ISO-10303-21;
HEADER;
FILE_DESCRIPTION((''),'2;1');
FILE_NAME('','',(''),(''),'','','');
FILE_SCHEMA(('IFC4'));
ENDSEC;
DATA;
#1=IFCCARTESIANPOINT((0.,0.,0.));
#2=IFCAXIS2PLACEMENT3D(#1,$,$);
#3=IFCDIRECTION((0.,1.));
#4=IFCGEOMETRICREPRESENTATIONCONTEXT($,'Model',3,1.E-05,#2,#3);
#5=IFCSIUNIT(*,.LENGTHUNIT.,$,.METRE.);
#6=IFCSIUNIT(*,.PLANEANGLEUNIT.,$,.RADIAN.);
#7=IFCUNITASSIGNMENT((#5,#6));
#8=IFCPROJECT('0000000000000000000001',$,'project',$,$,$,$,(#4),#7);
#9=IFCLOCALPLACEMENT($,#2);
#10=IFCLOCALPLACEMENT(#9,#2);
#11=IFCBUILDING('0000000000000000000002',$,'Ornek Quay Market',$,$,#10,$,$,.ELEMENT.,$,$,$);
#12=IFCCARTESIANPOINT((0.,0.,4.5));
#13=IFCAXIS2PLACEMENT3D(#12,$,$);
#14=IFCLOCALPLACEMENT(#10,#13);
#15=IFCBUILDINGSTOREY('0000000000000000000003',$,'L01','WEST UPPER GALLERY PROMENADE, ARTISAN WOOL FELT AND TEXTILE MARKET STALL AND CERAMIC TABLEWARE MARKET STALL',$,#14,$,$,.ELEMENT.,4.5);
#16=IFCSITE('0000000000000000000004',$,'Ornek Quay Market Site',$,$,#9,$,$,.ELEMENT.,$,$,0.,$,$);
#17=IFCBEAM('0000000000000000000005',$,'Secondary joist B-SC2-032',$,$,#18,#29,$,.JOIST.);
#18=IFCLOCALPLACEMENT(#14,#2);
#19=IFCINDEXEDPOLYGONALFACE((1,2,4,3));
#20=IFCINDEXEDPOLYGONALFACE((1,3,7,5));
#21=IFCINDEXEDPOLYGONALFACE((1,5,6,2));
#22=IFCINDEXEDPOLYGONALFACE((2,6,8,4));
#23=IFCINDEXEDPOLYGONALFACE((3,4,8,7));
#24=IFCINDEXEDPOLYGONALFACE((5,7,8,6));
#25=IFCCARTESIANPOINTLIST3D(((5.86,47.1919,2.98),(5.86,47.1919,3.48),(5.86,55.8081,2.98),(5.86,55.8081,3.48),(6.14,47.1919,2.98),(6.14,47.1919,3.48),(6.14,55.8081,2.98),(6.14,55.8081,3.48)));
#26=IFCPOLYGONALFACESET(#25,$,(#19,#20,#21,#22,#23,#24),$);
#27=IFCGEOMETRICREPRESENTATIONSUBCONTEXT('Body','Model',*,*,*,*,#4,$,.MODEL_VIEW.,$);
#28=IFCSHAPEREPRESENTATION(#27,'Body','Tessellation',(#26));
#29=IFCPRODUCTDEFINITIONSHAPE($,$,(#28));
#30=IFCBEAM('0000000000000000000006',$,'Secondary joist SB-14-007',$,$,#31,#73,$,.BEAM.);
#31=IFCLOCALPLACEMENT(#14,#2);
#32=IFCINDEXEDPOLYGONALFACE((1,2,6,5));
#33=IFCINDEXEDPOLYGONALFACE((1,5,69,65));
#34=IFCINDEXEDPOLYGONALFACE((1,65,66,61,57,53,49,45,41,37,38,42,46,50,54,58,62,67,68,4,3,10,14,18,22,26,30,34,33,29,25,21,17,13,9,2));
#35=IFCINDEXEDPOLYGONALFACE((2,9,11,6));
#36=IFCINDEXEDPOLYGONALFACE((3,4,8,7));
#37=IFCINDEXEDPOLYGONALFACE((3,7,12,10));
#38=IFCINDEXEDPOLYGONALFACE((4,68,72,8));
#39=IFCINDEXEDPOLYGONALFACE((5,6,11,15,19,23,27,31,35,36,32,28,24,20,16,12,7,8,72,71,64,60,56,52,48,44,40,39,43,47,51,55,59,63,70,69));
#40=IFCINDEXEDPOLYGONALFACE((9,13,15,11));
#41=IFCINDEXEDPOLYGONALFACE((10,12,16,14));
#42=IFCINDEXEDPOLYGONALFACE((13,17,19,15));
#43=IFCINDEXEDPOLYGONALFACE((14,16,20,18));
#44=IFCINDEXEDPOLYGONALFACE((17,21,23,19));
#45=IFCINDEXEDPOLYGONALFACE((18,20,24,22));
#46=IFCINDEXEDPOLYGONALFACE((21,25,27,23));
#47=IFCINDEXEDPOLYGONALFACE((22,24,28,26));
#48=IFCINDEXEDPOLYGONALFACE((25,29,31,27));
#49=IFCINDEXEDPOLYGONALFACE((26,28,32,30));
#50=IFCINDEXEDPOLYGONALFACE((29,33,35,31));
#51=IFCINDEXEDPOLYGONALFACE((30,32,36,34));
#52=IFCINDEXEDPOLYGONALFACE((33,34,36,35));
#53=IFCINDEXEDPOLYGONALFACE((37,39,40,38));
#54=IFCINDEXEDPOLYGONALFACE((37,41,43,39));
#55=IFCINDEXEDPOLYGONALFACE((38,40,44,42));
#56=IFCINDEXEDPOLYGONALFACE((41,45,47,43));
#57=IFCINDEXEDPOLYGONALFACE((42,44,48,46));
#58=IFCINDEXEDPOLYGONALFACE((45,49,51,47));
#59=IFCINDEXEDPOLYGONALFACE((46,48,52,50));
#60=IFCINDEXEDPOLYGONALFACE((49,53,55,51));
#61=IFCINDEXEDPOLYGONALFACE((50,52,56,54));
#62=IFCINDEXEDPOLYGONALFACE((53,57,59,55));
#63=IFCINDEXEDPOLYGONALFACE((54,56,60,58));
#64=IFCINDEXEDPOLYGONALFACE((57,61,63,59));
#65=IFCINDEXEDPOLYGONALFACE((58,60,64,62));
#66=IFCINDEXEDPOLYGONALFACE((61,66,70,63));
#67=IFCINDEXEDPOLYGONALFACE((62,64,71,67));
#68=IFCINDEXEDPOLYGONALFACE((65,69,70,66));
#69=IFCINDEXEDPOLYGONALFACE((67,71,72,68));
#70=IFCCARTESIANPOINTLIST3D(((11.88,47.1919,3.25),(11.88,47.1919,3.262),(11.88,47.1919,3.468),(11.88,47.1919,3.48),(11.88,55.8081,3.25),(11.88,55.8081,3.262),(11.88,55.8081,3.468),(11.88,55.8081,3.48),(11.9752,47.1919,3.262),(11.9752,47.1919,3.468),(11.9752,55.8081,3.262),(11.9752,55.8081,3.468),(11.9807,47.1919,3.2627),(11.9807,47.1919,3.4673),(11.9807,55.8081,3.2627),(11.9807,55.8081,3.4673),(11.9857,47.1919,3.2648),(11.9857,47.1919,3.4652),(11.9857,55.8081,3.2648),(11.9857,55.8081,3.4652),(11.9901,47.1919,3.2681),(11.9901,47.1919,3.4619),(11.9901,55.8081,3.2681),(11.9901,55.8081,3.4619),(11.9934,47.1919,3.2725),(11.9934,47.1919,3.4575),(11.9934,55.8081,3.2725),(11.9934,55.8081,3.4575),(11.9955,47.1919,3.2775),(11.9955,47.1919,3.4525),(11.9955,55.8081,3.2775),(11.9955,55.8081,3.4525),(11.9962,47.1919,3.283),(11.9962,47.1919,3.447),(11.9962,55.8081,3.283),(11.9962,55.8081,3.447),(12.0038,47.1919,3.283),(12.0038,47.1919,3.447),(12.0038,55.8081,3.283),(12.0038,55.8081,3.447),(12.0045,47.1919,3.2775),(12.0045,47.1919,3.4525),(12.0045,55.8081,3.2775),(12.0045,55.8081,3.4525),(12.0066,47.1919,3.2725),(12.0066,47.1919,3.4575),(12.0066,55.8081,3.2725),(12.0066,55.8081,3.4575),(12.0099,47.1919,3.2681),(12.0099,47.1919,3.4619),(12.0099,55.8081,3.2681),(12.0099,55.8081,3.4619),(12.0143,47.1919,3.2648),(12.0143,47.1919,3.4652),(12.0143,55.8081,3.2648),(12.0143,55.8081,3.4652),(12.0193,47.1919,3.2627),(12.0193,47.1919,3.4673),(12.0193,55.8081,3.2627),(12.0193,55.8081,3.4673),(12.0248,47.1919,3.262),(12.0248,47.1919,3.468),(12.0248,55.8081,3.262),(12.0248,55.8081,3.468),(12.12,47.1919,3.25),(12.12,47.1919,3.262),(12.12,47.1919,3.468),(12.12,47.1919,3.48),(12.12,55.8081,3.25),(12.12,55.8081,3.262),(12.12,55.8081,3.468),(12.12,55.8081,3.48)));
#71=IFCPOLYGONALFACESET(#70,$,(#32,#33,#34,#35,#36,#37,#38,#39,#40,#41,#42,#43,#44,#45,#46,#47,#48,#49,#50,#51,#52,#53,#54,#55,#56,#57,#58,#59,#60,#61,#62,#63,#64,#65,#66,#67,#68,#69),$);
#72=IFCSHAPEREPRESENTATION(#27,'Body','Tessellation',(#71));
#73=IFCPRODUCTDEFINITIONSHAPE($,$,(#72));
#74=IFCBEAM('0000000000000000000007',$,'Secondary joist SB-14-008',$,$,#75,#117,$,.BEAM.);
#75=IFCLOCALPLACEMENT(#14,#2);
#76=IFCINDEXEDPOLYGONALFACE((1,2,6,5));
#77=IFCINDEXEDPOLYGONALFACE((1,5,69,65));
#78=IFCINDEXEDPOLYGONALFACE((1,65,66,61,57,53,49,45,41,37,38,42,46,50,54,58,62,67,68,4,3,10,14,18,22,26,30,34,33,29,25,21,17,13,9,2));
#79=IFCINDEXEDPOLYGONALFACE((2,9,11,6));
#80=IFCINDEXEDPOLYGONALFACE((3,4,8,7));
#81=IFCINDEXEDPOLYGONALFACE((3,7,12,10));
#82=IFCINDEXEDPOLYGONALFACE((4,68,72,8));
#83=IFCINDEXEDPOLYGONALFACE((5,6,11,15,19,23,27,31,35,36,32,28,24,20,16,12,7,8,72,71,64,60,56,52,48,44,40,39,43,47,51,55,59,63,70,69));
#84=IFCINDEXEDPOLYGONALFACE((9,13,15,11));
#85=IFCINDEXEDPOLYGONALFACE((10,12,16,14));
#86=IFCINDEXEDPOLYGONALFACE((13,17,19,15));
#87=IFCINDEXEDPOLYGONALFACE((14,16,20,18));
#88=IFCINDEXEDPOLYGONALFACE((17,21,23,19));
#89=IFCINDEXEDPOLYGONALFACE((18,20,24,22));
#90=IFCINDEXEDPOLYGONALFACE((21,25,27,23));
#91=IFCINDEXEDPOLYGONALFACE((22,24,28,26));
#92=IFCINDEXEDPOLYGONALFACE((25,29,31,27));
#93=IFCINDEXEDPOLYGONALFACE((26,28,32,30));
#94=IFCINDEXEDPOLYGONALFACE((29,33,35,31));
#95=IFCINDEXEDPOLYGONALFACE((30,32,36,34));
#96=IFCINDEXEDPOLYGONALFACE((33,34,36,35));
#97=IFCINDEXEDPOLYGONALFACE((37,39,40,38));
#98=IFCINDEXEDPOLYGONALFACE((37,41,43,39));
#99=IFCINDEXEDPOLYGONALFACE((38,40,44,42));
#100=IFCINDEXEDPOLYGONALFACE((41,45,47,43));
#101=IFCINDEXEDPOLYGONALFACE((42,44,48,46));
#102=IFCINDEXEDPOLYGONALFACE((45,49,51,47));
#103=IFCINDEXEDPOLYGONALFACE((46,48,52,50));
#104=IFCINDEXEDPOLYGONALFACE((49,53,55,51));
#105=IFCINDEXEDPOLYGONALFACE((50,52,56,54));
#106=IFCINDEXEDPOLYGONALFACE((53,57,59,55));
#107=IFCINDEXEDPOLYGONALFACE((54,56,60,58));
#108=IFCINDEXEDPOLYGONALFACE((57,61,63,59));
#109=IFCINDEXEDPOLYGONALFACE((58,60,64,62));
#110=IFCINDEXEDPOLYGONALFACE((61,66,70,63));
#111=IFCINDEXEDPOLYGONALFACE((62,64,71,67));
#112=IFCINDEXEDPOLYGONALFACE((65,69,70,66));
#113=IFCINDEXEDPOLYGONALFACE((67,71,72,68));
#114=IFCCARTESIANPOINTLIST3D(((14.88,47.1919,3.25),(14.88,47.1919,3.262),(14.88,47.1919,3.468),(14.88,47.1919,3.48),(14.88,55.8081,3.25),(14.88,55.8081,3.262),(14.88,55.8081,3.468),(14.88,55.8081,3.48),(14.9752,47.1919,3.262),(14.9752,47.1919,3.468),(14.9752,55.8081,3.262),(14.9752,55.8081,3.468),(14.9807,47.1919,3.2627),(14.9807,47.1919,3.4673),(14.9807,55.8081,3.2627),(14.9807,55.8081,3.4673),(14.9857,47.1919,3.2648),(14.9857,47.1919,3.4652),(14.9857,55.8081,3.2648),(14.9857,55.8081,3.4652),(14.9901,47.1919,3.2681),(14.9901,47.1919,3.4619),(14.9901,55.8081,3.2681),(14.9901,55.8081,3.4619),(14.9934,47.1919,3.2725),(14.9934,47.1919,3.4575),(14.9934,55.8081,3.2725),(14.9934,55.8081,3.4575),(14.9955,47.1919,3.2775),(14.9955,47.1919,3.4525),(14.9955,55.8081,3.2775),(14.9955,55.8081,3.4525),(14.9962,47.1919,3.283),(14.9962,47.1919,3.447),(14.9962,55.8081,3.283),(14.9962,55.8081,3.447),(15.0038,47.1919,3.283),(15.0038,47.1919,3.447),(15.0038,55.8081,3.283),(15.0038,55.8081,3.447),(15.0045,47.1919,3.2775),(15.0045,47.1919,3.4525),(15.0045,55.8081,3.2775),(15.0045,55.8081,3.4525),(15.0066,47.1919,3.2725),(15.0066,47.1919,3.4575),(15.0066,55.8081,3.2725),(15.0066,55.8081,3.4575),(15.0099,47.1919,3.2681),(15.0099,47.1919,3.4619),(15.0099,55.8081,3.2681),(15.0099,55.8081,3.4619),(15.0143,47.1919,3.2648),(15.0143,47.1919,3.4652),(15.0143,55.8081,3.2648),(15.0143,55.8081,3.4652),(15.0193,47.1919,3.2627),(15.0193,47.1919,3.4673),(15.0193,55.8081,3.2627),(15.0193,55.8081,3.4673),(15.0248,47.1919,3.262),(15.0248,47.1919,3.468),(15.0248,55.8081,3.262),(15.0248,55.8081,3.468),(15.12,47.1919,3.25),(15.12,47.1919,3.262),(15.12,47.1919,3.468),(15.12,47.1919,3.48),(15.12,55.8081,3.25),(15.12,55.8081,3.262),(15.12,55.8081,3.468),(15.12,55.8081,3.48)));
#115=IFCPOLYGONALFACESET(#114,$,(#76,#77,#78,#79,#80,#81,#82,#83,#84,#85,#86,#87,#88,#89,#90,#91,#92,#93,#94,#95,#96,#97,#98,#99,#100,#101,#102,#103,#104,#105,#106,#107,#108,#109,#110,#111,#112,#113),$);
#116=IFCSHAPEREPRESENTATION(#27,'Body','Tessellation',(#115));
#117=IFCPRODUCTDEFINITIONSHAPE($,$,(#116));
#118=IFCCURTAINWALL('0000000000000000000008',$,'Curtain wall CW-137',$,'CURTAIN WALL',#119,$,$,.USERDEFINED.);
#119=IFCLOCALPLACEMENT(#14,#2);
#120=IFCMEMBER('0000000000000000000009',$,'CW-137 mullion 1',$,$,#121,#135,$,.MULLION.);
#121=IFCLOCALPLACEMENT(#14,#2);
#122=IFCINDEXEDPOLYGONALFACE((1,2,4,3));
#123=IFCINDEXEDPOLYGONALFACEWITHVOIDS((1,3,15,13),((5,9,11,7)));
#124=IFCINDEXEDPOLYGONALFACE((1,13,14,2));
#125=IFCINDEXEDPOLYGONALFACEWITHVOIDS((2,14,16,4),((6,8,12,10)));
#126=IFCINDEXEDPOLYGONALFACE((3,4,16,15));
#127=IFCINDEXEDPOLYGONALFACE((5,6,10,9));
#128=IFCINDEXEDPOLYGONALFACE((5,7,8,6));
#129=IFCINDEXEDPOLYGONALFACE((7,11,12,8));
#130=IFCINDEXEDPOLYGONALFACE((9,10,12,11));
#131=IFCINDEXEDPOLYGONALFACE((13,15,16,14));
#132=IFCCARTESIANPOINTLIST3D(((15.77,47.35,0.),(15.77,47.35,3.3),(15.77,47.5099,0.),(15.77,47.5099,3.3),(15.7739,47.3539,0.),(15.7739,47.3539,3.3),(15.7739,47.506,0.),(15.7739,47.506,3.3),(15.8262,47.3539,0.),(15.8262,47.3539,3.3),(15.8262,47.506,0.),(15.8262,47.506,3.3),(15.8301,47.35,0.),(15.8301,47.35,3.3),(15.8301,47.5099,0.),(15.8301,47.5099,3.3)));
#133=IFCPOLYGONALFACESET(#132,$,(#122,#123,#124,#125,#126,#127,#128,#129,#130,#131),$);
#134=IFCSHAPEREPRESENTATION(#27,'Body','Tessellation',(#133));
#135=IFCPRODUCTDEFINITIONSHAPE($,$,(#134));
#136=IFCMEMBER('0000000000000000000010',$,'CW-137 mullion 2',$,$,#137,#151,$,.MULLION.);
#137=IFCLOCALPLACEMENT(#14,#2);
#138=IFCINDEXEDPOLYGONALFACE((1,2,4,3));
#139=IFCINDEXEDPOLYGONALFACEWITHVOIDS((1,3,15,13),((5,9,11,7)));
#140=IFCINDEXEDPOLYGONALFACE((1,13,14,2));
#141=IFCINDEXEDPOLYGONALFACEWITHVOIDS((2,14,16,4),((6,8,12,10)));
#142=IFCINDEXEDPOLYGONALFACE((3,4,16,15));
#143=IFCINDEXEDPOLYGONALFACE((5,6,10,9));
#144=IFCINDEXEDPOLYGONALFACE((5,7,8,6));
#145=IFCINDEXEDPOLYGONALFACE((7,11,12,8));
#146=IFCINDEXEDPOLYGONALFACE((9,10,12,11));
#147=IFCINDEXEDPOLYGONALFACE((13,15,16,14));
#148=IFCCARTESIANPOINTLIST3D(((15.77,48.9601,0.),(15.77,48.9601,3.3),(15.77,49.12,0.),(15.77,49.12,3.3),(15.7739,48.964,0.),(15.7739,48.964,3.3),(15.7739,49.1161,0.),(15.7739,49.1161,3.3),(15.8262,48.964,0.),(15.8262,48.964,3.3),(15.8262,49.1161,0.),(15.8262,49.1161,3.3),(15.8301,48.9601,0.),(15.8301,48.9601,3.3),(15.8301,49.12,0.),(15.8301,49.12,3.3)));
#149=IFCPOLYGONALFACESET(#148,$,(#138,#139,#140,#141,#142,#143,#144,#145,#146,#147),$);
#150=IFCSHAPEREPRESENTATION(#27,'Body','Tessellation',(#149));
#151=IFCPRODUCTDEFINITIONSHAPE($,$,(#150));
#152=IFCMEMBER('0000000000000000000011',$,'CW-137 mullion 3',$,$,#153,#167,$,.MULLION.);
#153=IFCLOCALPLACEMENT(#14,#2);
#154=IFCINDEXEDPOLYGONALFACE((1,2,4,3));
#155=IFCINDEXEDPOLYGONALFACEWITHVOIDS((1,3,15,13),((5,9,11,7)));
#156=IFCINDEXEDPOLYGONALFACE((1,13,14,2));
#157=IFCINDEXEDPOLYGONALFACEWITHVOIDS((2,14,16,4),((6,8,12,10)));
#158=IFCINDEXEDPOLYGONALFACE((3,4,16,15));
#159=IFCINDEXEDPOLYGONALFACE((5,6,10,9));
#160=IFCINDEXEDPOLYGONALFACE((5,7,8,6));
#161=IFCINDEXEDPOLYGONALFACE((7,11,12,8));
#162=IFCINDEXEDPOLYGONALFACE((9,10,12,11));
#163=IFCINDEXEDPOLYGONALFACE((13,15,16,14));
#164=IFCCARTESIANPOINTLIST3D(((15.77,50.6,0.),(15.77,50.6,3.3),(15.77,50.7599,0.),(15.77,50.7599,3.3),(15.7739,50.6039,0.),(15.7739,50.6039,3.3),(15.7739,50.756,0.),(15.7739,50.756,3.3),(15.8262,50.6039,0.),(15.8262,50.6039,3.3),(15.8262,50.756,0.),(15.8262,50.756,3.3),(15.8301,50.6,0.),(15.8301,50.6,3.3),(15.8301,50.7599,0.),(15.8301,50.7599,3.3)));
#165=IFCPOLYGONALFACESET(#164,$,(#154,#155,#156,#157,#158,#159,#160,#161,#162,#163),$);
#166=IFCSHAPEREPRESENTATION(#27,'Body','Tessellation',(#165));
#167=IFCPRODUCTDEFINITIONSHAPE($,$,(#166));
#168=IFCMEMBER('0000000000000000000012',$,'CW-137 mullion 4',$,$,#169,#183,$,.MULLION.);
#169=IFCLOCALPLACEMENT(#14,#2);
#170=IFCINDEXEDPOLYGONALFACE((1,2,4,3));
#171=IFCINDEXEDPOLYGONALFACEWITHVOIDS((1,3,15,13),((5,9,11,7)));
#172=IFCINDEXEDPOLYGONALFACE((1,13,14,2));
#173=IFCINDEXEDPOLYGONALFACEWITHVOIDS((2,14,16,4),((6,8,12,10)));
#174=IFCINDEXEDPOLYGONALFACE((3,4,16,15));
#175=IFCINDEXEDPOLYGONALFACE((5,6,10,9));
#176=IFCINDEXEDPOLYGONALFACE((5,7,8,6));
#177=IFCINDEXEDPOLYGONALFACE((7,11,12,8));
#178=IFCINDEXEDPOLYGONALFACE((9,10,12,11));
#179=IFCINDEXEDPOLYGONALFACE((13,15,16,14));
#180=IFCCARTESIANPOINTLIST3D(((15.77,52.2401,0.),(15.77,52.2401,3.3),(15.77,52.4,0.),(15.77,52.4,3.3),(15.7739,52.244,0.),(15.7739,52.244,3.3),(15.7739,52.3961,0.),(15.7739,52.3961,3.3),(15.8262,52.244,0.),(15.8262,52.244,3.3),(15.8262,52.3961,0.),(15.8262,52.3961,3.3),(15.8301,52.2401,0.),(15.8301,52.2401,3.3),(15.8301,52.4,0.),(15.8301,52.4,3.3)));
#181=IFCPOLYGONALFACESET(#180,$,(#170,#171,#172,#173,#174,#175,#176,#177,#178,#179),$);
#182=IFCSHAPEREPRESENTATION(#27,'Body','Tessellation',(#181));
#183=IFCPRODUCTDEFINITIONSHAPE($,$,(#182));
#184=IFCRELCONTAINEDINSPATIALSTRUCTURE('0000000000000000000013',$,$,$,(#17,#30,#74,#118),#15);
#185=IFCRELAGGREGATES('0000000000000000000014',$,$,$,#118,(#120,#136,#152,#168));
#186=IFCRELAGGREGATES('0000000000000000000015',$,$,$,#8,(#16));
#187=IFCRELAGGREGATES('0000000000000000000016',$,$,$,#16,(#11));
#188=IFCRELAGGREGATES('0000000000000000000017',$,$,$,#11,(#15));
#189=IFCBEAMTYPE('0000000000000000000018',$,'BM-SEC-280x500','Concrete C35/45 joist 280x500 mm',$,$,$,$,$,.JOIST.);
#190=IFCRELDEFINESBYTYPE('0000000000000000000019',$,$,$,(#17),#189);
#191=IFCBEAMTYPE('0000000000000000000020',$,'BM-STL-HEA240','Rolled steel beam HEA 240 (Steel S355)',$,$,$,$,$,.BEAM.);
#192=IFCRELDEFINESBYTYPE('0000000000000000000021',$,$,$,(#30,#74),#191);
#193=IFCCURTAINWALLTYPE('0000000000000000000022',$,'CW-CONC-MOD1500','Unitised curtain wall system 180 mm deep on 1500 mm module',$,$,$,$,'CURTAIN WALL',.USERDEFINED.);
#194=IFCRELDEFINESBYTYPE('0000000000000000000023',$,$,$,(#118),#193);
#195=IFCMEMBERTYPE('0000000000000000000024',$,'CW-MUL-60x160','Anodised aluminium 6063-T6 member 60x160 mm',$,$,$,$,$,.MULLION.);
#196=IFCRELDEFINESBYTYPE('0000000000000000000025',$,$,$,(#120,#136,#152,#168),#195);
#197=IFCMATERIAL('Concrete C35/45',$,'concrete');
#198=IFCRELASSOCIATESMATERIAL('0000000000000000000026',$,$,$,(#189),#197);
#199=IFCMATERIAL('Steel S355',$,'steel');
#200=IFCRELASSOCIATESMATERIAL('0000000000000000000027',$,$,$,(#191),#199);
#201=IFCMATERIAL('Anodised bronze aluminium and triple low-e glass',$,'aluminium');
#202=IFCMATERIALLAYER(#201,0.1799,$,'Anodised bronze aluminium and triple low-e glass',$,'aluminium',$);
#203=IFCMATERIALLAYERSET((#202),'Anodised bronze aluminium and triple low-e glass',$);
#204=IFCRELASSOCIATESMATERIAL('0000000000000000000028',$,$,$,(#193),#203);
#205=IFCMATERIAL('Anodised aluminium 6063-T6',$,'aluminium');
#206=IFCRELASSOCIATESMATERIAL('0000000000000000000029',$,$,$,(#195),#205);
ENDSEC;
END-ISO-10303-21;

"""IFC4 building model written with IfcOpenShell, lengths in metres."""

from ifc_helpers import new_model, si_unit, direction, frame, origin, origin_2d, place, context, subcontext, project, spatial, rectangle, hollow_rectangle, i_section, extrude, material, layer, layer_set, material_profile, profile_set, type_object, element, aggregate, save


model = new_model("IFC4")

# Units and contexts
model_context = context("Model", 3, precision=1e-05, world=origin(), true_north=direction((0.0, 1.0)))
body_context = subcontext(model_context, "Body", "Model", "MODEL_VIEW")
ifc_project = project(units=[si_unit("LENGTHUNIT", "METRE"), si_unit("PLANEANGLEUNIT", "RADIAN")], contexts=[model_context])

# Site, building, storey
site_placement = place(None, origin())
site = spatial("IfcSite", under=ifc_project, at=site_placement, Name="Ornek Quay Market Site", CompositionType="ELEMENT", RefElevation=0.0)
building_placement = place(site_placement, origin())
building = spatial("IfcBuilding", under=site, at=building_placement, Name="Ornek Quay Market", CompositionType="ELEMENT")
storey_placement = place(building_placement, frame((0.0, 0.0, 4.5)))
storey = spatial("IfcBuildingStorey", under=building, at=storey_placement, Name="L01", Description="WEST UPPER GALLERY PROMENADE, ARTISAN WOOL FELT AND TEXTILE MARKET STALL AND CERAMIC TABLEWARE MARKET STALL", CompositionType="ELEMENT", Elevation=4.5)

# Beams
ifc_material_1 = material(Name="Concrete C35/45", Category="concrete")
ifc_material_profile_1 = material_profile(ifc_material_1, rectangle(XDim=0.28, YDim=0.5, at=origin_2d()), Name="RC 280x500", Category="concrete")
ifc_profile_set_1 = profile_set([ifc_material_profile_1], Name="Concrete C35/45")
beam_type_1 = type_object("IfcBeamType", Name="BM-SEC-280x500", Description="Concrete C35/45 joist 280x500 mm", PredefinedType="JOIST", material=ifc_profile_set_1)
beam_placement = place(storey_placement, frame((6.0, 47.1919, 3.23), z_axis=(0.0, 1.0, 0.0), x_axis=(-1.0, 0.0, 0.0)))
element("IfcBeam", 1, at=beam_placement, inside=storey, type_object=beam_type_1, Name="Secondary joist B-SC2-032", PredefinedType="JOIST", context=body_context, shape_type="SweptSolid", body=[
    extrude(rectangle(XDim=0.28, YDim=0.5, at=origin_2d()), origin(), (0.0, 0.0, 1.0), 8.6162),
])
ifc_material_2 = material(Name="Steel S355", Category="steel")
ifc_material_profile_2 = material_profile(ifc_material_2, i_section(OverallWidth=0.24, OverallDepth=0.23, WebThickness=0.0076, FlangeThickness=0.012, FilletRadius=0.021, at=origin_2d()), Name="HEA 240", Category="steel")
ifc_profile_set_2 = profile_set([ifc_material_profile_2], Name="Steel S355")
beam_type_2 = type_object("IfcBeamType", Name="BM-STL-HEA240", Description="Rolled steel beam HEA 240 (Steel S355)", PredefinedType="BEAM", material=ifc_profile_set_2)
for number, where, z_axis, x_axis, name in (
    (2, (12.0, 47.1919, 3.365), (0.0, 1.0, 0.0), (-1.0, 0.0, 0.0), "Secondary joist SB-14-007"),
    (3, (15.0, 47.1919, 3.365), (0.0, 1.0, 0.0), (-1.0, 0.0, 0.0), "Secondary joist SB-14-008"),
):
    element("IfcBeam", number, at=place(storey_placement, frame(where, z_axis=z_axis, x_axis=x_axis)), inside=storey, type_object=beam_type_2, Name=name, PredefinedType="BEAM", context=body_context, shape_type="SweptSolid", body=[
        extrude(i_section(OverallWidth=0.24, OverallDepth=0.23, WebThickness=0.0076, FlangeThickness=0.012, FilletRadius=0.021, at=origin_2d()), origin(), (0.0, 0.0, 1.0), 8.6162),
    ])

# Curtain wall, members
ifc_material_3 = material(Name="Anodised bronze aluminium and triple low-e glass", Category="aluminium")
ifc_layer_1 = layer(ifc_material_3, 0.1799, Name="Anodised bronze aluminium and triple low-e glass", Category="aluminium")
ifc_layer_set_1 = layer_set([ifc_layer_1], Name="Anodised bronze aluminium and triple low-e glass")
curtain_wall_type = type_object("IfcCurtainWallType", Name="CW-CONC-MOD1500", Description="Unitised curtain wall system 180 mm deep on 1500 mm module", ElementType="CURTAIN WALL", PredefinedType="USERDEFINED", material=ifc_layer_set_1)
curtain_wall_placement = place(storey_placement, origin())
curtain_wall = element("IfcCurtainWall", 4, at=curtain_wall_placement, inside=storey, type_object=curtain_wall_type, Name="Curtain wall CW-137", ObjectType="CURTAIN WALL", PredefinedType="USERDEFINED")
ifc_material_4 = material(Name="Anodised aluminium 6063-T6", Category="aluminium")
ifc_material_profile_3 = material_profile(ifc_material_4, hollow_rectangle(XDim=0.0601, YDim=0.1599, WallThickness=0.0039, at=origin_2d()), Name="CW-MUL-60x160", Category="aluminium")
ifc_profile_set_3 = profile_set([ifc_material_profile_3], Name="Anodised aluminium 6063-T6")
member_type_1 = type_object("IfcMemberType", Name="CW-MUL-60x160", Description="Anodised aluminium 6063-T6 member 60x160 mm", PredefinedType="MULLION", material=ifc_profile_set_3)
member_1_placement = place(storey_placement, frame((15.8, 47.4299, 0.0), z_axis=(0.0, 0.0, 1.0), x_axis=(-1.0, 0.0, 0.0)))
member_1 = element("IfcMember", 5, at=member_1_placement, type_object=member_type_1, Name="CW-137 mullion 1", PredefinedType="MULLION", context=body_context, shape_type="SweptSolid", body=[
    extrude(hollow_rectangle(XDim=0.0601, YDim=0.1599, WallThickness=0.0039, at=origin_2d()), origin(), (0.0, 0.0, 1.0), 3.3),
])
member_2_placement = place(storey_placement, frame((15.8, 49.04, 0.0), z_axis=(0.0, 0.0, 1.0), x_axis=(-1.0, 0.0, 0.0)))
member_2 = element("IfcMember", 6, at=member_2_placement, type_object=member_type_1, Name="CW-137 mullion 2", PredefinedType="MULLION", context=body_context, shape_type="SweptSolid", body=[
    extrude(hollow_rectangle(XDim=0.0601, YDim=0.1599, WallThickness=0.0039, at=origin_2d()), origin(), (0.0, 0.0, 1.0), 3.3),
])
member_3_placement = place(storey_placement, frame((15.8, 50.6799, 0.0), z_axis=(0.0, 0.0, 1.0), x_axis=(-1.0, 0.0, 0.0)))
member_3 = element("IfcMember", 7, at=member_3_placement, type_object=member_type_1, Name="CW-137 mullion 3", PredefinedType="MULLION", context=body_context, shape_type="SweptSolid", body=[
    extrude(hollow_rectangle(XDim=0.0601, YDim=0.1599, WallThickness=0.0039, at=origin_2d()), origin(), (0.0, 0.0, 1.0), 3.3),
])
member_4_placement = place(storey_placement, frame((15.8, 52.3201, 0.0), z_axis=(0.0, 0.0, 1.0), x_axis=(-1.0, 0.0, 0.0)))
member_4 = element("IfcMember", 8, at=member_4_placement, type_object=member_type_1, Name="CW-137 mullion 4", PredefinedType="MULLION", context=body_context, shape_type="SweptSolid", body=[
    extrude(hollow_rectangle(XDim=0.0601, YDim=0.1599, WallThickness=0.0039, at=origin_2d()), origin(), (0.0, 0.0, 1.0), 3.3),
])
aggregate(curtain_wall, [member_1, member_2, member_3, member_4])

save(model, "model.ifc")
